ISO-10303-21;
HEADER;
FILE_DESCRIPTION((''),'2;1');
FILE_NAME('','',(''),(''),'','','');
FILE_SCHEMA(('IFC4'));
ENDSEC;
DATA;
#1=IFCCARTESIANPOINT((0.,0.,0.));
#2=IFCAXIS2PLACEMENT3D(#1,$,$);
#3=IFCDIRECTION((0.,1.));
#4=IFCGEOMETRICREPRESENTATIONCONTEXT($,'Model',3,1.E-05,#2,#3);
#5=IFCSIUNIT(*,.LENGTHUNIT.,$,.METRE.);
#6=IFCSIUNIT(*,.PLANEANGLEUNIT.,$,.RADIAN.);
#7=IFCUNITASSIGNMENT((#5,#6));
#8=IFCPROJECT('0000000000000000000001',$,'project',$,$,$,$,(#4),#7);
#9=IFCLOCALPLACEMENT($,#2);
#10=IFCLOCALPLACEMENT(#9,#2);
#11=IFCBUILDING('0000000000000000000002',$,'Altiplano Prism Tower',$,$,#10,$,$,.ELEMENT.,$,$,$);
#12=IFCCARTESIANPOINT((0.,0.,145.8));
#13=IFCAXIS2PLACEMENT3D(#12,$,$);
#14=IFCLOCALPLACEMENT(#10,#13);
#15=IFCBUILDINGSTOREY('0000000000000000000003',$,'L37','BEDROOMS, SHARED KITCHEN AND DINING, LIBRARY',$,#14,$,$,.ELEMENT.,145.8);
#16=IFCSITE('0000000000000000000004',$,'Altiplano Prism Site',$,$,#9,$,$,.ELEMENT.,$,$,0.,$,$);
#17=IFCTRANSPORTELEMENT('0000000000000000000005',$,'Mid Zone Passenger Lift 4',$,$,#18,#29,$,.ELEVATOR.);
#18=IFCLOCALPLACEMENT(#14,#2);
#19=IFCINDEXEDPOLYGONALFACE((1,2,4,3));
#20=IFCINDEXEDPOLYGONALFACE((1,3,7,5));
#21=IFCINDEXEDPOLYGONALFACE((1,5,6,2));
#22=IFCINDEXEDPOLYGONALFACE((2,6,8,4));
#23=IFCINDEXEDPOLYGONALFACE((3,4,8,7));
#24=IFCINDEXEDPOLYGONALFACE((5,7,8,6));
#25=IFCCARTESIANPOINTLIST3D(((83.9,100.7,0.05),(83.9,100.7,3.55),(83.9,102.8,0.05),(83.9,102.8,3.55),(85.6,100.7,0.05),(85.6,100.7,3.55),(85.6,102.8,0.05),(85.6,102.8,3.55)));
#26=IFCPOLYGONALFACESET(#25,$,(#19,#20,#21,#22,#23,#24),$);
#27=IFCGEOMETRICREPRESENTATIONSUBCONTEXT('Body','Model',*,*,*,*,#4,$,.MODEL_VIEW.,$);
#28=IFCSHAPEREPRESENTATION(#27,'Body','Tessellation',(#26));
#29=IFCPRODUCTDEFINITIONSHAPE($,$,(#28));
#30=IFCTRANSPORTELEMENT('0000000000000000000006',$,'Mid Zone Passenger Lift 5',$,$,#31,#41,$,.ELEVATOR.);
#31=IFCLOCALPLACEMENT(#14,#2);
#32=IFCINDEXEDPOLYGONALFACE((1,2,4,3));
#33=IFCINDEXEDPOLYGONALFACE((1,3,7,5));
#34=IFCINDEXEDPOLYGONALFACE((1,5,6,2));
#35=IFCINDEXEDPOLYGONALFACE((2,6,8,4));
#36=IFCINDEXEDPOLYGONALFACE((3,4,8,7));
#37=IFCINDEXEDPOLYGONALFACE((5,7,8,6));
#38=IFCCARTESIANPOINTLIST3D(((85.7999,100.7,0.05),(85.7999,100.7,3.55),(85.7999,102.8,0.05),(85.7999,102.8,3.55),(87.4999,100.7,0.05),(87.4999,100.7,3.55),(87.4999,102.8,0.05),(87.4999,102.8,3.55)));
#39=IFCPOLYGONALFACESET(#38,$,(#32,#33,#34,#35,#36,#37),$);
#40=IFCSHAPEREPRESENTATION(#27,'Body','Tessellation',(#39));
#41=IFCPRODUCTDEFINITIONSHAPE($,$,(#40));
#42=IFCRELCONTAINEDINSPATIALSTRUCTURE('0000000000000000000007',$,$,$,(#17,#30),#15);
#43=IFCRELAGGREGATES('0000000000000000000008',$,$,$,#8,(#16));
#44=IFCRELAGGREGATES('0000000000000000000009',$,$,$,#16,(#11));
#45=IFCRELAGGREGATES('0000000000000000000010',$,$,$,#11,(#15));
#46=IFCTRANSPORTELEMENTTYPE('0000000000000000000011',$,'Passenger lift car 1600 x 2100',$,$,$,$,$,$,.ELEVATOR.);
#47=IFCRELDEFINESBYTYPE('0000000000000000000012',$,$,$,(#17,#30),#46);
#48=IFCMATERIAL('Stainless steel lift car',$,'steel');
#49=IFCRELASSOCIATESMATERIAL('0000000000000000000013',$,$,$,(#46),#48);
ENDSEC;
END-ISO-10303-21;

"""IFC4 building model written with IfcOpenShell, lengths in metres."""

from ifc_helpers import new_model, si_unit, direction, frame, origin, origin_2d, place, context, subcontext, project, spatial, rectangle, extrude, material, type_object, element, save


model = new_model("IFC4")

# Units and contexts
model_context = context("Model", 3, precision=1e-05, world=origin(), true_north=direction((0.0, 1.0)))
body_context = subcontext(model_context, "Body", "Model", "MODEL_VIEW")
ifc_project = project(units=[si_unit("LENGTHUNIT", "METRE"), si_unit("PLANEANGLEUNIT", "RADIAN")], contexts=[model_context])

# Site, building, storey
site_placement = place(None, origin())
site = spatial("IfcSite", under=ifc_project, at=site_placement, Name="Altiplano Prism Site", CompositionType="ELEMENT", RefElevation=0.0)
building_placement = place(site_placement, origin())
building = spatial("IfcBuilding", under=site, at=building_placement, Name="Altiplano Prism Tower", CompositionType="ELEMENT")
storey_placement = place(building_placement, frame((0.0, 0.0, 145.8)))
storey = spatial("IfcBuildingStorey", under=building, at=storey_placement, Name="L37", Description="BEDROOMS, SHARED KITCHEN AND DINING, LIBRARY", CompositionType="ELEMENT", Elevation=145.8)

# Transport elements
ifc_material_1 = material(Name="Stainless steel lift car", Category="steel")
transport_element_type = type_object("IfcTransportElementType", Name="Passenger lift car 1600 x 2100", PredefinedType="ELEVATOR", material=ifc_material_1)
for number, where, z_axis, x_axis, name in (
    (1, (84.75, 101.75, 0.05), (0.0, 0.0, 1.0), (1.0, 0.0, 0.0), "Mid Zone Passenger Lift 4"),
    (2, (86.6499, 101.75, 0.05), (0.0, 0.0, 1.0), (1.0, 0.0, 0.0), "Mid Zone Passenger Lift 5"),
):
    element("IfcTransportElement", number, at=place(storey_placement, frame(where, z_axis=z_axis, x_axis=x_axis)), inside=storey, type_object=transport_element_type, Name=name, PredefinedType="ELEVATOR", context=body_context, shape_type="SweptSolid", body=[
        extrude(rectangle(XDim=1.7, YDim=2.1001, at=origin_2d()), origin(), (0.0, 0.0, 1.0), 3.5),
    ])

save(model, "model.ifc")
